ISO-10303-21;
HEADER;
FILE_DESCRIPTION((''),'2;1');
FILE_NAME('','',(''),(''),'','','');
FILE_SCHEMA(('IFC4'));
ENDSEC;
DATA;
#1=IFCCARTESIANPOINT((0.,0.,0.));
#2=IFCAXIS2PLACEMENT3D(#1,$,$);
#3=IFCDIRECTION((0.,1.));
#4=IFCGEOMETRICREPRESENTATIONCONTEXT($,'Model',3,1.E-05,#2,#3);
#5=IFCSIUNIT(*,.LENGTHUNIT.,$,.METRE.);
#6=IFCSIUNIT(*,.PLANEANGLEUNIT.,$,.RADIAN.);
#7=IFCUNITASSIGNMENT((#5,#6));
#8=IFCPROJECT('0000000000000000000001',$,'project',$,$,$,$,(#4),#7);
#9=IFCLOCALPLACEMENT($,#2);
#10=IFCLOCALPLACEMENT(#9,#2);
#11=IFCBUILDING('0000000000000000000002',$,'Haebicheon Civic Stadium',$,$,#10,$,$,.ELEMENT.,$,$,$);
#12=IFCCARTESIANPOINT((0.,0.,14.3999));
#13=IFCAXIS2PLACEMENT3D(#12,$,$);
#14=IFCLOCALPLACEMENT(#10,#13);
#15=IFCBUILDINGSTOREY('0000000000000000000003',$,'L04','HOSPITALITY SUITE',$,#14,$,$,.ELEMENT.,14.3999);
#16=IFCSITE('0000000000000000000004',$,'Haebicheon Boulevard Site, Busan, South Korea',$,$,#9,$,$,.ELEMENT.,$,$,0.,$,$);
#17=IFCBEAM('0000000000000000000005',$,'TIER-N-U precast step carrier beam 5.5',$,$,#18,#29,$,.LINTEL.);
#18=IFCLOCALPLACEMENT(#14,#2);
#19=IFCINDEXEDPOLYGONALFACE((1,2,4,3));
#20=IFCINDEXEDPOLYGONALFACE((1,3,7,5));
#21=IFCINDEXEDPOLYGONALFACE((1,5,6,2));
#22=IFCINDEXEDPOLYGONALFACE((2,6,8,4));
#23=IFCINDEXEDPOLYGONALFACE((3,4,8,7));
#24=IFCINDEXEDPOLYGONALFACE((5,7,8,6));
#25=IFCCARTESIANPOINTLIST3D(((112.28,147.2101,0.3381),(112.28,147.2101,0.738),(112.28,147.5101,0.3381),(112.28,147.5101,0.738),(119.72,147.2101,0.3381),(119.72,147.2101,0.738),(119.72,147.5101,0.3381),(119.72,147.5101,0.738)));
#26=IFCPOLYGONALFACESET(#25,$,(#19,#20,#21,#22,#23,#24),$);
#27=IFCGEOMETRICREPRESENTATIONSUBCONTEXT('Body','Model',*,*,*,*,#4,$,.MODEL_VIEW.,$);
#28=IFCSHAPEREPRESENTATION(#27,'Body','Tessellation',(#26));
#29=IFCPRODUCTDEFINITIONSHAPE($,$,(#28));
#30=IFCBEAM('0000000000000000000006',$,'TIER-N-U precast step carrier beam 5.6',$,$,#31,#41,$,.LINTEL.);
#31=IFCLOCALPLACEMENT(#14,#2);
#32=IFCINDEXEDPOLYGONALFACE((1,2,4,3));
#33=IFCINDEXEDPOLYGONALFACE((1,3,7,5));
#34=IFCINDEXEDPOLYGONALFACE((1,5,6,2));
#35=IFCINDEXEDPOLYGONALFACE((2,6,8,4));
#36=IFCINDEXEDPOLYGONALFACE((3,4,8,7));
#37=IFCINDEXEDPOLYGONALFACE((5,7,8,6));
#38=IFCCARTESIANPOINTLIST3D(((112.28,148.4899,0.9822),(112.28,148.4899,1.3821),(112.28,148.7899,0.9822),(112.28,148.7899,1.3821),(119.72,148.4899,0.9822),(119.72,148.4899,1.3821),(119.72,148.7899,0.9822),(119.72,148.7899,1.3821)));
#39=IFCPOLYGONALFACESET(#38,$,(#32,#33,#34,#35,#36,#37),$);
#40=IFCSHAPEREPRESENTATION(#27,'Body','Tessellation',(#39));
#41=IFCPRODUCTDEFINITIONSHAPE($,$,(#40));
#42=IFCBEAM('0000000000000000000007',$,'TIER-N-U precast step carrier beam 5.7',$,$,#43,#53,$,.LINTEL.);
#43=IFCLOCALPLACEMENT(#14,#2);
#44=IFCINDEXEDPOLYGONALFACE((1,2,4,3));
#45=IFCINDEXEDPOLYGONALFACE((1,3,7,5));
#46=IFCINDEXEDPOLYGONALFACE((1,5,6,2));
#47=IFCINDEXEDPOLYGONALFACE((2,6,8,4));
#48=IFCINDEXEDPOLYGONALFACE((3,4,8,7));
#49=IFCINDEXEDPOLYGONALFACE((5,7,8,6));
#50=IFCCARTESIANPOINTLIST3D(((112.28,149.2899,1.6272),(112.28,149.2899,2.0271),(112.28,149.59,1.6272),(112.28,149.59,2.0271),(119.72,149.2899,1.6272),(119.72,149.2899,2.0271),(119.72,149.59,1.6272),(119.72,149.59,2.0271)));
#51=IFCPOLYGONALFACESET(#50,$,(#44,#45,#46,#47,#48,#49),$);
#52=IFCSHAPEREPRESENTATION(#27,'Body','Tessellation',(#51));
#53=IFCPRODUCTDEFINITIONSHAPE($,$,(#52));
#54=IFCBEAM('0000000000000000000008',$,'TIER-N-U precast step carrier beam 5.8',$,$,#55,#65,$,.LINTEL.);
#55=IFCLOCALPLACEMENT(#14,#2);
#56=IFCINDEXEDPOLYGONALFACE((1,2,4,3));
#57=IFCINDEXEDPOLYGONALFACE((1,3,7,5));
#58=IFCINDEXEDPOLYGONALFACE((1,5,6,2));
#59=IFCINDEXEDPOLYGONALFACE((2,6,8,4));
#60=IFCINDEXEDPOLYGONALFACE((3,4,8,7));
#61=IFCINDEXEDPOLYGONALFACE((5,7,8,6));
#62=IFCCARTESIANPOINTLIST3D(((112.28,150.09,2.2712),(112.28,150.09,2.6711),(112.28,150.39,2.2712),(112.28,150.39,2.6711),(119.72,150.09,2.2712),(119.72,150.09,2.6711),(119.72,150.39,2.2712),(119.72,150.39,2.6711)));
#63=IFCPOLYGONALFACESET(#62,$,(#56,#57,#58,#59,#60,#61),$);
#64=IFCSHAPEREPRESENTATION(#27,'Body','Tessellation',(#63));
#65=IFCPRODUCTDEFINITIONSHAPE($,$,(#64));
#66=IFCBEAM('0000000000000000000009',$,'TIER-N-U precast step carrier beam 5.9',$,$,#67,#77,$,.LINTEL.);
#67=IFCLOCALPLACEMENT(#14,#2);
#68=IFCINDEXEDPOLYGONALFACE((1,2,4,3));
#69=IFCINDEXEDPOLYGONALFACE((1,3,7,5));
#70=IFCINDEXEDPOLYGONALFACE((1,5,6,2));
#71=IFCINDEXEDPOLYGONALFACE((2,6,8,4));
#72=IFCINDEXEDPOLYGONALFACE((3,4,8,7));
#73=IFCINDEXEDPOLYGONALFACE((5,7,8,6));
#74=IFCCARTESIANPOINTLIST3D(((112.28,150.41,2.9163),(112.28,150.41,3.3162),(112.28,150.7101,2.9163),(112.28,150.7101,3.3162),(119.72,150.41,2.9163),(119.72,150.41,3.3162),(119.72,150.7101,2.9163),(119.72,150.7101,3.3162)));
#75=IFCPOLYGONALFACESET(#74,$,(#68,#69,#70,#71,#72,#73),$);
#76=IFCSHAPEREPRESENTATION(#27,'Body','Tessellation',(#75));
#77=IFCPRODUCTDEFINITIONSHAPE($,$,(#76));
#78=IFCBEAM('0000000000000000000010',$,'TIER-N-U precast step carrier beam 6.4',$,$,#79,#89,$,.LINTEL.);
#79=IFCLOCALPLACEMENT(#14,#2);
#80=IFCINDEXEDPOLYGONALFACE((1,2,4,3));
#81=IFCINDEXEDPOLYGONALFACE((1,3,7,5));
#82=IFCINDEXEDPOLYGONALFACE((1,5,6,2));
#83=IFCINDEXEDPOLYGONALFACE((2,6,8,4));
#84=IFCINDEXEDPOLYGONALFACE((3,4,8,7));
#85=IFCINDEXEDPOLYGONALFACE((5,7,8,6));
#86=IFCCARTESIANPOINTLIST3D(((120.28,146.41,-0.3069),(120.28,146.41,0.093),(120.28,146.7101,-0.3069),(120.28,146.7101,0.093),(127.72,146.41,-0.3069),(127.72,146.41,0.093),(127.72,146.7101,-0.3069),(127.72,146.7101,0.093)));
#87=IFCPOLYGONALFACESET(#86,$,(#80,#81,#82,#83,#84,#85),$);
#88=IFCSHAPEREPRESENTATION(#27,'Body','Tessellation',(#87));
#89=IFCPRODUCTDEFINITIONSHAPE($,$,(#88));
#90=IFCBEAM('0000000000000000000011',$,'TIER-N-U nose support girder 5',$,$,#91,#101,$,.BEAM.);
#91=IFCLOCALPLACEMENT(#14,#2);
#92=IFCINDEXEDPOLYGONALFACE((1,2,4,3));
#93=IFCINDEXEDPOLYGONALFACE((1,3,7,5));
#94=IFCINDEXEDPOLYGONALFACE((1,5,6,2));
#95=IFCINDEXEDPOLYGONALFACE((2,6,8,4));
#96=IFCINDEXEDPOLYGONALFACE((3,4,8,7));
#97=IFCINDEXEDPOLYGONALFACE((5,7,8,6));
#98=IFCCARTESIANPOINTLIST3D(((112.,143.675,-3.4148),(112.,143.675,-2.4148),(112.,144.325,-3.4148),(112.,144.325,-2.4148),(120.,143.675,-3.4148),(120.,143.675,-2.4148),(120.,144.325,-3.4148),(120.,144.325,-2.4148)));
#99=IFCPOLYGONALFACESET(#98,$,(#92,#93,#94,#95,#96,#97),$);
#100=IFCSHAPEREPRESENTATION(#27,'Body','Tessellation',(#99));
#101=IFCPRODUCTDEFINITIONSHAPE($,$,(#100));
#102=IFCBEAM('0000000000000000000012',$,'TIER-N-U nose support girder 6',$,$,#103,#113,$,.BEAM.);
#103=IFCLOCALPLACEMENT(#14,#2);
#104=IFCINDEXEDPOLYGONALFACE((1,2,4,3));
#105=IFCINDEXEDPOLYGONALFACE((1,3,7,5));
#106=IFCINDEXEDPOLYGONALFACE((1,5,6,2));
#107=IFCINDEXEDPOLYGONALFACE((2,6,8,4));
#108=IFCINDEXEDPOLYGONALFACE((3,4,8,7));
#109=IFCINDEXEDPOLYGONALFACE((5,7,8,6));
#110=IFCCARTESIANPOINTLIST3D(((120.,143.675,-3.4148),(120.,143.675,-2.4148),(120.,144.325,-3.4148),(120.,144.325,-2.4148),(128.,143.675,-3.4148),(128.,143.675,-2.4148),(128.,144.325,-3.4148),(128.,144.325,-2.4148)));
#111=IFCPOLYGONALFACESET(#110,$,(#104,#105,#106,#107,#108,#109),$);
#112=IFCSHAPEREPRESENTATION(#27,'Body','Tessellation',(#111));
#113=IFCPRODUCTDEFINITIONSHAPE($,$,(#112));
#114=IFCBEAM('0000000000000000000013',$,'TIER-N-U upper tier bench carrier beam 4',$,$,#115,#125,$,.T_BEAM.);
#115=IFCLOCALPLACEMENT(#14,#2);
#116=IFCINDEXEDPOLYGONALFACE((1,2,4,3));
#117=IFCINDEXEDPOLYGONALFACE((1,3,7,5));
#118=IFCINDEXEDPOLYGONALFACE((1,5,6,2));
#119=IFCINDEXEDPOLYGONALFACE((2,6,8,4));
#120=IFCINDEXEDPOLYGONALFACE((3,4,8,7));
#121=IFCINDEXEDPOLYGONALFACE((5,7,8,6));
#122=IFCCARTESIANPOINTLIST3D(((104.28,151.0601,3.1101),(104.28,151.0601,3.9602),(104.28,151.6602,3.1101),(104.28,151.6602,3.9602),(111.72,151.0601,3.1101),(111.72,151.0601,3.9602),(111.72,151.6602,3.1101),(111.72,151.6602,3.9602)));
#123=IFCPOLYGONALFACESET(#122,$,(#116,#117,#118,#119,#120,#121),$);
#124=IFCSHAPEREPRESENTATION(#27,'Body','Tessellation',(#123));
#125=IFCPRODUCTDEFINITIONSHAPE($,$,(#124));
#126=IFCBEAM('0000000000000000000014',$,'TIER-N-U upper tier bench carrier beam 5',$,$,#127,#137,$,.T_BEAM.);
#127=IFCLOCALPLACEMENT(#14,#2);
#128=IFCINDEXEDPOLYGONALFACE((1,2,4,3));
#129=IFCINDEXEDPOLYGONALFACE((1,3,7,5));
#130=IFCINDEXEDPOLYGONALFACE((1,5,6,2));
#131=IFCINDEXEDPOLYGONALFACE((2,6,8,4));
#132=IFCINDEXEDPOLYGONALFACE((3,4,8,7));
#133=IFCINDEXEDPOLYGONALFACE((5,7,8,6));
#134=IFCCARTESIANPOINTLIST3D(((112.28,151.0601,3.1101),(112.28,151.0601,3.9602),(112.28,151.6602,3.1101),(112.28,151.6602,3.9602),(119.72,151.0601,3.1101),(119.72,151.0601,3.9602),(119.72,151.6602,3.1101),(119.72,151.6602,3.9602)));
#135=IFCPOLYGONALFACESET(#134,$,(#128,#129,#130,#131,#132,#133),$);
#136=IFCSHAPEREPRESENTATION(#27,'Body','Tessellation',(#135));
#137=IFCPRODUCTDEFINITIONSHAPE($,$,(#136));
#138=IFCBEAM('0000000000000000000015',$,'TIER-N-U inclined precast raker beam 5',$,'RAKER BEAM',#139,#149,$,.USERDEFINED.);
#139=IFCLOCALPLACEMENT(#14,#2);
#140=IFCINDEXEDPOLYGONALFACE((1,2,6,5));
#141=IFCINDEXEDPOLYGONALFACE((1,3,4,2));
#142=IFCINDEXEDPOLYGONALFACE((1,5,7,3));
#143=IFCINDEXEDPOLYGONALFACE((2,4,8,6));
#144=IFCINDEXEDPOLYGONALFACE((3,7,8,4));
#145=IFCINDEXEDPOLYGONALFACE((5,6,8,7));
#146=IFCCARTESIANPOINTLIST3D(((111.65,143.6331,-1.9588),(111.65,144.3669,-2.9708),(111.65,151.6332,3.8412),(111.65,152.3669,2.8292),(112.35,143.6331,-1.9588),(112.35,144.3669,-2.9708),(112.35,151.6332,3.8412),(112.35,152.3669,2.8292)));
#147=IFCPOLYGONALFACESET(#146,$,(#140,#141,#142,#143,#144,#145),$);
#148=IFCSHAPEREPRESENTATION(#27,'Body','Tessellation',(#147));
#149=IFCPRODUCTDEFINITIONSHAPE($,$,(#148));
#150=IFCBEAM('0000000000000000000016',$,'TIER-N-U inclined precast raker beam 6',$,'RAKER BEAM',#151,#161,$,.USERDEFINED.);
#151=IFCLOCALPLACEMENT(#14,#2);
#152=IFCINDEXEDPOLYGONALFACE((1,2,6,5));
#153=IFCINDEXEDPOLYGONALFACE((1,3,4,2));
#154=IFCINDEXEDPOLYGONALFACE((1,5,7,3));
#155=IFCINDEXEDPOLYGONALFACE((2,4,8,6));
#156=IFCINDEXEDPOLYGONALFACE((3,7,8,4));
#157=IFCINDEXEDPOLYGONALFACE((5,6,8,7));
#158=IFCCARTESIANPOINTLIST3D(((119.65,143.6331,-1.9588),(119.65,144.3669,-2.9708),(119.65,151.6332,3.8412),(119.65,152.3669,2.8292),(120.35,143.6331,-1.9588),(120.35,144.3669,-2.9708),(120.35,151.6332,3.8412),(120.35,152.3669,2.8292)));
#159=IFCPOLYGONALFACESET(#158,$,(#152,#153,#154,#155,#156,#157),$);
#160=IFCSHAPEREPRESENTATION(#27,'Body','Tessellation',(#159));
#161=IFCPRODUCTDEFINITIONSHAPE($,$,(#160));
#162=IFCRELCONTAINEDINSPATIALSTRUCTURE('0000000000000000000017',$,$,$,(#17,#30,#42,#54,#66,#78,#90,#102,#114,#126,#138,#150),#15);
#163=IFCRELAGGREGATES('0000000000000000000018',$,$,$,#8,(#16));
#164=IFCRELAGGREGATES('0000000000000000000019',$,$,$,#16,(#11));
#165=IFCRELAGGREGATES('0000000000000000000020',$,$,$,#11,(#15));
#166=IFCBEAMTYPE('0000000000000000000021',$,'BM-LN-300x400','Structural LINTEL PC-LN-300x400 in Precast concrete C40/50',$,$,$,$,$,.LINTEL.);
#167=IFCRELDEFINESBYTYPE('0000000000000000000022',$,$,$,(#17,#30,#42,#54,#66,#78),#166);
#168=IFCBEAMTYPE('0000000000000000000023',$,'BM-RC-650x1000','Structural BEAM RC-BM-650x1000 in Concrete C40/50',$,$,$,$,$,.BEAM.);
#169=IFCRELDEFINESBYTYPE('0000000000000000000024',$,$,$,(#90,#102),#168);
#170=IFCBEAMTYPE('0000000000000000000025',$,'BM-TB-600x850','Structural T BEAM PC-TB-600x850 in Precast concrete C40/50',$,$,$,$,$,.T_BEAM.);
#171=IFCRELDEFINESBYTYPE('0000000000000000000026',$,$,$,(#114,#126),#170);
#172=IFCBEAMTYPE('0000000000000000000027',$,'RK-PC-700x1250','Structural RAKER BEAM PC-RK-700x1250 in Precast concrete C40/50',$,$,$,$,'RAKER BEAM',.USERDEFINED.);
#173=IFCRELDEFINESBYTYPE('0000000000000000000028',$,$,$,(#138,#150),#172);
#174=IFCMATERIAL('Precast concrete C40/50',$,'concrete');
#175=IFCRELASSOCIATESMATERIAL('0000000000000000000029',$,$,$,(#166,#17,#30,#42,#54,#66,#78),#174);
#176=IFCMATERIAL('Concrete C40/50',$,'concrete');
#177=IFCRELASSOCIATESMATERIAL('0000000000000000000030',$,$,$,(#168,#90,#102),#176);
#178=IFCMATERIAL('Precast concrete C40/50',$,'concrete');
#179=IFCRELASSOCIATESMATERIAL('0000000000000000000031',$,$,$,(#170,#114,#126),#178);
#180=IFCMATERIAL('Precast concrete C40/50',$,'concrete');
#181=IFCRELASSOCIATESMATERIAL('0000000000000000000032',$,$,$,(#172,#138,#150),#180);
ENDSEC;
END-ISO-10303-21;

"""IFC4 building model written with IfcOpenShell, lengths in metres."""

from ifc_helpers import new_model, si_unit, direction, frame, origin, origin_2d, place, context, subcontext, project, spatial, rectangle, extrude, material, material_profile, profile_set, type_object, element, save


model = new_model("IFC4")

# Units and contexts
model_context = context("Model", 3, precision=1e-05, world=origin(), true_north=direction((0.0, 1.0)))
body_context = subcontext(model_context, "Body", "Model", "MODEL_VIEW")
ifc_project = project(units=[si_unit("LENGTHUNIT", "METRE"), si_unit("PLANEANGLEUNIT", "RADIAN")], contexts=[model_context])

# Site, building, storey
site_placement = place(None, origin())
site = spatial("IfcSite", under=ifc_project, at=site_placement, Name="Haebicheon Boulevard Site, Busan, South Korea", CompositionType="ELEMENT", RefElevation=0.0)
building_placement = place(site_placement, origin())
building = spatial("IfcBuilding", under=site, at=building_placement, Name="Haebicheon Civic Stadium", CompositionType="ELEMENT")
storey_placement = place(building_placement, frame((0.0, 0.0, 14.3999)))
storey = spatial("IfcBuildingStorey", under=building, at=storey_placement, Name="L04", Description="HOSPITALITY SUITE", CompositionType="ELEMENT", Elevation=14.3999)

# Beams
ifc_material_1 = material(Name="Precast concrete C40/50", Category="concrete")
ifc_material_profile_1 = material_profile(ifc_material_1, rectangle(XDim=0.3, YDim=0.3999, at=origin_2d()), Name="PC-LN-300x400")
ifc_profile_set_1 = profile_set([ifc_material_profile_1], Name="Precast concrete C40/50")
beam_type_1 = type_object("IfcBeamType", Name="BM-LN-300x400", Description="Structural LINTEL PC-LN-300x400 in Precast concrete C40/50", PredefinedType="LINTEL", material=ifc_profile_set_1)
for number, where, z_axis, x_axis, name in (
    (1, (112.28, 147.3601, 0.5381), (1.0, 0.0, 0.0), (0.0, 1.0, 0.0), "TIER-N-U precast step carrier beam 5.5"),
    (2, (112.28, 148.6399, 1.1821), (1.0, 0.0, 0.0), (0.0, 1.0, 0.0), "TIER-N-U precast step carrier beam 5.6"),
    (3, (112.28, 149.4399, 1.8271), (1.0, 0.0, 0.0), (0.0, 1.0, 0.0), "TIER-N-U precast step carrier beam 5.7"),
    (4, (112.28, 150.24, 2.4712), (1.0, 0.0, 0.0), (0.0, 1.0, 0.0), "TIER-N-U precast step carrier beam 5.8"),
    (5, (112.28, 150.5601, 3.1162), (1.0, 0.0, 0.0), (0.0, 1.0, 0.0), "TIER-N-U precast step carrier beam 5.9"),
    (6, (120.28, 146.5601, -0.1069), (1.0, 0.0, 0.0), (0.0, 1.0, 0.0), "TIER-N-U precast step carrier beam 6.4"),
):
    element("IfcBeam", number, at=place(storey_placement, frame(where, z_axis=z_axis, x_axis=x_axis)), inside=storey, type_object=beam_type_1, material=ifc_profile_set_1, Name=name, PredefinedType="LINTEL", context=body_context, shape_type="SweptSolid", body=[
        extrude(rectangle(XDim=0.3, YDim=0.3999, at=origin_2d()), origin(), (0.0, 0.0, 1.0), 7.4399),
    ])
ifc_material_2 = material(Name="Concrete C40/50", Category="concrete")
ifc_material_profile_2 = material_profile(ifc_material_2, rectangle(XDim=0.6499, YDim=1.0, at=origin_2d()), Name="RC-BM-650x1000")
ifc_profile_set_2 = profile_set([ifc_material_profile_2], Name="Concrete C40/50")
beam_type_2 = type_object("IfcBeamType", Name="BM-RC-650x1000", Description="Structural BEAM RC-BM-650x1000 in Concrete C40/50", PredefinedType="BEAM", material=ifc_profile_set_2)
for number, where, z_axis, x_axis, name in (
    (7, (112.0, 144.0, -2.9148), (1.0, 0.0, 0.0), (0.0, 1.0, 0.0), "TIER-N-U nose support girder 5"),
    (8, (120.0, 144.0, -2.9148), (1.0, 0.0, 0.0), (0.0, 1.0, 0.0), "TIER-N-U nose support girder 6"),
):
    element("IfcBeam", number, at=place(storey_placement, frame(where, z_axis=z_axis, x_axis=x_axis)), inside=storey, type_object=beam_type_2, material=ifc_profile_set_2, Name=name, PredefinedType="BEAM", context=body_context, shape_type="SweptSolid", body=[
        extrude(rectangle(XDim=0.6499, YDim=1.0, at=origin_2d()), origin(), (0.0, 0.0, 1.0), 8.0),
    ])
ifc_material_3 = material(Name="Precast concrete C40/50", Category="concrete")
ifc_material_profile_3 = material_profile(ifc_material_3, rectangle(XDim=0.6001, YDim=0.8501, at=origin_2d()), Name="PC-TB-600x850")
ifc_profile_set_3 = profile_set([ifc_material_profile_3], Name="Precast concrete C40/50")
beam_type_3 = type_object("IfcBeamType", Name="BM-TB-600x850", Description="Structural T BEAM PC-TB-600x850 in Precast concrete C40/50", PredefinedType="T_BEAM", material=ifc_profile_set_3)
for number, where, z_axis, x_axis, name in (
    (9, (104.28, 151.3601, 3.5352), (1.0, 0.0, 0.0), (0.0, 1.0, 0.0), "TIER-N-U upper tier bench carrier beam 4"),
    (10, (112.28, 151.3601, 3.5352), (1.0, 0.0, 0.0), (0.0, 1.0, 0.0), "TIER-N-U upper tier bench carrier beam 5"),
):
    element("IfcBeam", number, at=place(storey_placement, frame(where, z_axis=z_axis, x_axis=x_axis)), inside=storey, type_object=beam_type_3, material=ifc_profile_set_3, Name=name, PredefinedType="T_BEAM", context=body_context, shape_type="SweptSolid", body=[
        extrude(rectangle(XDim=0.6001, YDim=0.8501, at=origin_2d()), origin(), (0.0, 0.0, 1.0), 7.4399),
    ])
ifc_material_4 = material(Name="Precast concrete C40/50", Category="concrete")
ifc_material_profile_4 = material_profile(ifc_material_4, rectangle(XDim=0.7, YDim=1.25, at=origin_2d()), Name="PC-RK-700x1250")
ifc_profile_set_4 = profile_set([ifc_material_profile_4], Name="Precast concrete C40/50")
beam_type_4 = type_object("IfcBeamType", Name="RK-PC-700x1250", Description="Structural RAKER BEAM PC-RK-700x1250 in Precast concrete C40/50", ElementType="RAKER BEAM", PredefinedType="USERDEFINED", material=ifc_profile_set_4)
for number, where, z_axis, x_axis, name in (
    (11, (112.0, 144.0, -2.4648), (0.0, 0.809608, 0.586971), (-1.0, 0.0, 0.0), "TIER-N-U inclined precast raker beam 5"),
    (12, (120.0, 144.0, -2.4648), (0.0, 0.809608, 0.586971), (-1.0, 0.0, 0.0), "TIER-N-U inclined precast raker beam 6"),
):
    element("IfcBeam", number, at=place(storey_placement, frame(where, z_axis=z_axis, x_axis=x_axis)), inside=storey, type_object=beam_type_4, material=ifc_profile_set_4, Name=name, ObjectType="RAKER BEAM", PredefinedType="USERDEFINED", context=body_context, shape_type="SweptSolid", body=[
        extrude(rectangle(XDim=0.7, YDim=1.25, at=origin_2d()), origin(), (0.0, 0.0, 1.0), 9.8813),
    ])

save(model, "model.ifc")
